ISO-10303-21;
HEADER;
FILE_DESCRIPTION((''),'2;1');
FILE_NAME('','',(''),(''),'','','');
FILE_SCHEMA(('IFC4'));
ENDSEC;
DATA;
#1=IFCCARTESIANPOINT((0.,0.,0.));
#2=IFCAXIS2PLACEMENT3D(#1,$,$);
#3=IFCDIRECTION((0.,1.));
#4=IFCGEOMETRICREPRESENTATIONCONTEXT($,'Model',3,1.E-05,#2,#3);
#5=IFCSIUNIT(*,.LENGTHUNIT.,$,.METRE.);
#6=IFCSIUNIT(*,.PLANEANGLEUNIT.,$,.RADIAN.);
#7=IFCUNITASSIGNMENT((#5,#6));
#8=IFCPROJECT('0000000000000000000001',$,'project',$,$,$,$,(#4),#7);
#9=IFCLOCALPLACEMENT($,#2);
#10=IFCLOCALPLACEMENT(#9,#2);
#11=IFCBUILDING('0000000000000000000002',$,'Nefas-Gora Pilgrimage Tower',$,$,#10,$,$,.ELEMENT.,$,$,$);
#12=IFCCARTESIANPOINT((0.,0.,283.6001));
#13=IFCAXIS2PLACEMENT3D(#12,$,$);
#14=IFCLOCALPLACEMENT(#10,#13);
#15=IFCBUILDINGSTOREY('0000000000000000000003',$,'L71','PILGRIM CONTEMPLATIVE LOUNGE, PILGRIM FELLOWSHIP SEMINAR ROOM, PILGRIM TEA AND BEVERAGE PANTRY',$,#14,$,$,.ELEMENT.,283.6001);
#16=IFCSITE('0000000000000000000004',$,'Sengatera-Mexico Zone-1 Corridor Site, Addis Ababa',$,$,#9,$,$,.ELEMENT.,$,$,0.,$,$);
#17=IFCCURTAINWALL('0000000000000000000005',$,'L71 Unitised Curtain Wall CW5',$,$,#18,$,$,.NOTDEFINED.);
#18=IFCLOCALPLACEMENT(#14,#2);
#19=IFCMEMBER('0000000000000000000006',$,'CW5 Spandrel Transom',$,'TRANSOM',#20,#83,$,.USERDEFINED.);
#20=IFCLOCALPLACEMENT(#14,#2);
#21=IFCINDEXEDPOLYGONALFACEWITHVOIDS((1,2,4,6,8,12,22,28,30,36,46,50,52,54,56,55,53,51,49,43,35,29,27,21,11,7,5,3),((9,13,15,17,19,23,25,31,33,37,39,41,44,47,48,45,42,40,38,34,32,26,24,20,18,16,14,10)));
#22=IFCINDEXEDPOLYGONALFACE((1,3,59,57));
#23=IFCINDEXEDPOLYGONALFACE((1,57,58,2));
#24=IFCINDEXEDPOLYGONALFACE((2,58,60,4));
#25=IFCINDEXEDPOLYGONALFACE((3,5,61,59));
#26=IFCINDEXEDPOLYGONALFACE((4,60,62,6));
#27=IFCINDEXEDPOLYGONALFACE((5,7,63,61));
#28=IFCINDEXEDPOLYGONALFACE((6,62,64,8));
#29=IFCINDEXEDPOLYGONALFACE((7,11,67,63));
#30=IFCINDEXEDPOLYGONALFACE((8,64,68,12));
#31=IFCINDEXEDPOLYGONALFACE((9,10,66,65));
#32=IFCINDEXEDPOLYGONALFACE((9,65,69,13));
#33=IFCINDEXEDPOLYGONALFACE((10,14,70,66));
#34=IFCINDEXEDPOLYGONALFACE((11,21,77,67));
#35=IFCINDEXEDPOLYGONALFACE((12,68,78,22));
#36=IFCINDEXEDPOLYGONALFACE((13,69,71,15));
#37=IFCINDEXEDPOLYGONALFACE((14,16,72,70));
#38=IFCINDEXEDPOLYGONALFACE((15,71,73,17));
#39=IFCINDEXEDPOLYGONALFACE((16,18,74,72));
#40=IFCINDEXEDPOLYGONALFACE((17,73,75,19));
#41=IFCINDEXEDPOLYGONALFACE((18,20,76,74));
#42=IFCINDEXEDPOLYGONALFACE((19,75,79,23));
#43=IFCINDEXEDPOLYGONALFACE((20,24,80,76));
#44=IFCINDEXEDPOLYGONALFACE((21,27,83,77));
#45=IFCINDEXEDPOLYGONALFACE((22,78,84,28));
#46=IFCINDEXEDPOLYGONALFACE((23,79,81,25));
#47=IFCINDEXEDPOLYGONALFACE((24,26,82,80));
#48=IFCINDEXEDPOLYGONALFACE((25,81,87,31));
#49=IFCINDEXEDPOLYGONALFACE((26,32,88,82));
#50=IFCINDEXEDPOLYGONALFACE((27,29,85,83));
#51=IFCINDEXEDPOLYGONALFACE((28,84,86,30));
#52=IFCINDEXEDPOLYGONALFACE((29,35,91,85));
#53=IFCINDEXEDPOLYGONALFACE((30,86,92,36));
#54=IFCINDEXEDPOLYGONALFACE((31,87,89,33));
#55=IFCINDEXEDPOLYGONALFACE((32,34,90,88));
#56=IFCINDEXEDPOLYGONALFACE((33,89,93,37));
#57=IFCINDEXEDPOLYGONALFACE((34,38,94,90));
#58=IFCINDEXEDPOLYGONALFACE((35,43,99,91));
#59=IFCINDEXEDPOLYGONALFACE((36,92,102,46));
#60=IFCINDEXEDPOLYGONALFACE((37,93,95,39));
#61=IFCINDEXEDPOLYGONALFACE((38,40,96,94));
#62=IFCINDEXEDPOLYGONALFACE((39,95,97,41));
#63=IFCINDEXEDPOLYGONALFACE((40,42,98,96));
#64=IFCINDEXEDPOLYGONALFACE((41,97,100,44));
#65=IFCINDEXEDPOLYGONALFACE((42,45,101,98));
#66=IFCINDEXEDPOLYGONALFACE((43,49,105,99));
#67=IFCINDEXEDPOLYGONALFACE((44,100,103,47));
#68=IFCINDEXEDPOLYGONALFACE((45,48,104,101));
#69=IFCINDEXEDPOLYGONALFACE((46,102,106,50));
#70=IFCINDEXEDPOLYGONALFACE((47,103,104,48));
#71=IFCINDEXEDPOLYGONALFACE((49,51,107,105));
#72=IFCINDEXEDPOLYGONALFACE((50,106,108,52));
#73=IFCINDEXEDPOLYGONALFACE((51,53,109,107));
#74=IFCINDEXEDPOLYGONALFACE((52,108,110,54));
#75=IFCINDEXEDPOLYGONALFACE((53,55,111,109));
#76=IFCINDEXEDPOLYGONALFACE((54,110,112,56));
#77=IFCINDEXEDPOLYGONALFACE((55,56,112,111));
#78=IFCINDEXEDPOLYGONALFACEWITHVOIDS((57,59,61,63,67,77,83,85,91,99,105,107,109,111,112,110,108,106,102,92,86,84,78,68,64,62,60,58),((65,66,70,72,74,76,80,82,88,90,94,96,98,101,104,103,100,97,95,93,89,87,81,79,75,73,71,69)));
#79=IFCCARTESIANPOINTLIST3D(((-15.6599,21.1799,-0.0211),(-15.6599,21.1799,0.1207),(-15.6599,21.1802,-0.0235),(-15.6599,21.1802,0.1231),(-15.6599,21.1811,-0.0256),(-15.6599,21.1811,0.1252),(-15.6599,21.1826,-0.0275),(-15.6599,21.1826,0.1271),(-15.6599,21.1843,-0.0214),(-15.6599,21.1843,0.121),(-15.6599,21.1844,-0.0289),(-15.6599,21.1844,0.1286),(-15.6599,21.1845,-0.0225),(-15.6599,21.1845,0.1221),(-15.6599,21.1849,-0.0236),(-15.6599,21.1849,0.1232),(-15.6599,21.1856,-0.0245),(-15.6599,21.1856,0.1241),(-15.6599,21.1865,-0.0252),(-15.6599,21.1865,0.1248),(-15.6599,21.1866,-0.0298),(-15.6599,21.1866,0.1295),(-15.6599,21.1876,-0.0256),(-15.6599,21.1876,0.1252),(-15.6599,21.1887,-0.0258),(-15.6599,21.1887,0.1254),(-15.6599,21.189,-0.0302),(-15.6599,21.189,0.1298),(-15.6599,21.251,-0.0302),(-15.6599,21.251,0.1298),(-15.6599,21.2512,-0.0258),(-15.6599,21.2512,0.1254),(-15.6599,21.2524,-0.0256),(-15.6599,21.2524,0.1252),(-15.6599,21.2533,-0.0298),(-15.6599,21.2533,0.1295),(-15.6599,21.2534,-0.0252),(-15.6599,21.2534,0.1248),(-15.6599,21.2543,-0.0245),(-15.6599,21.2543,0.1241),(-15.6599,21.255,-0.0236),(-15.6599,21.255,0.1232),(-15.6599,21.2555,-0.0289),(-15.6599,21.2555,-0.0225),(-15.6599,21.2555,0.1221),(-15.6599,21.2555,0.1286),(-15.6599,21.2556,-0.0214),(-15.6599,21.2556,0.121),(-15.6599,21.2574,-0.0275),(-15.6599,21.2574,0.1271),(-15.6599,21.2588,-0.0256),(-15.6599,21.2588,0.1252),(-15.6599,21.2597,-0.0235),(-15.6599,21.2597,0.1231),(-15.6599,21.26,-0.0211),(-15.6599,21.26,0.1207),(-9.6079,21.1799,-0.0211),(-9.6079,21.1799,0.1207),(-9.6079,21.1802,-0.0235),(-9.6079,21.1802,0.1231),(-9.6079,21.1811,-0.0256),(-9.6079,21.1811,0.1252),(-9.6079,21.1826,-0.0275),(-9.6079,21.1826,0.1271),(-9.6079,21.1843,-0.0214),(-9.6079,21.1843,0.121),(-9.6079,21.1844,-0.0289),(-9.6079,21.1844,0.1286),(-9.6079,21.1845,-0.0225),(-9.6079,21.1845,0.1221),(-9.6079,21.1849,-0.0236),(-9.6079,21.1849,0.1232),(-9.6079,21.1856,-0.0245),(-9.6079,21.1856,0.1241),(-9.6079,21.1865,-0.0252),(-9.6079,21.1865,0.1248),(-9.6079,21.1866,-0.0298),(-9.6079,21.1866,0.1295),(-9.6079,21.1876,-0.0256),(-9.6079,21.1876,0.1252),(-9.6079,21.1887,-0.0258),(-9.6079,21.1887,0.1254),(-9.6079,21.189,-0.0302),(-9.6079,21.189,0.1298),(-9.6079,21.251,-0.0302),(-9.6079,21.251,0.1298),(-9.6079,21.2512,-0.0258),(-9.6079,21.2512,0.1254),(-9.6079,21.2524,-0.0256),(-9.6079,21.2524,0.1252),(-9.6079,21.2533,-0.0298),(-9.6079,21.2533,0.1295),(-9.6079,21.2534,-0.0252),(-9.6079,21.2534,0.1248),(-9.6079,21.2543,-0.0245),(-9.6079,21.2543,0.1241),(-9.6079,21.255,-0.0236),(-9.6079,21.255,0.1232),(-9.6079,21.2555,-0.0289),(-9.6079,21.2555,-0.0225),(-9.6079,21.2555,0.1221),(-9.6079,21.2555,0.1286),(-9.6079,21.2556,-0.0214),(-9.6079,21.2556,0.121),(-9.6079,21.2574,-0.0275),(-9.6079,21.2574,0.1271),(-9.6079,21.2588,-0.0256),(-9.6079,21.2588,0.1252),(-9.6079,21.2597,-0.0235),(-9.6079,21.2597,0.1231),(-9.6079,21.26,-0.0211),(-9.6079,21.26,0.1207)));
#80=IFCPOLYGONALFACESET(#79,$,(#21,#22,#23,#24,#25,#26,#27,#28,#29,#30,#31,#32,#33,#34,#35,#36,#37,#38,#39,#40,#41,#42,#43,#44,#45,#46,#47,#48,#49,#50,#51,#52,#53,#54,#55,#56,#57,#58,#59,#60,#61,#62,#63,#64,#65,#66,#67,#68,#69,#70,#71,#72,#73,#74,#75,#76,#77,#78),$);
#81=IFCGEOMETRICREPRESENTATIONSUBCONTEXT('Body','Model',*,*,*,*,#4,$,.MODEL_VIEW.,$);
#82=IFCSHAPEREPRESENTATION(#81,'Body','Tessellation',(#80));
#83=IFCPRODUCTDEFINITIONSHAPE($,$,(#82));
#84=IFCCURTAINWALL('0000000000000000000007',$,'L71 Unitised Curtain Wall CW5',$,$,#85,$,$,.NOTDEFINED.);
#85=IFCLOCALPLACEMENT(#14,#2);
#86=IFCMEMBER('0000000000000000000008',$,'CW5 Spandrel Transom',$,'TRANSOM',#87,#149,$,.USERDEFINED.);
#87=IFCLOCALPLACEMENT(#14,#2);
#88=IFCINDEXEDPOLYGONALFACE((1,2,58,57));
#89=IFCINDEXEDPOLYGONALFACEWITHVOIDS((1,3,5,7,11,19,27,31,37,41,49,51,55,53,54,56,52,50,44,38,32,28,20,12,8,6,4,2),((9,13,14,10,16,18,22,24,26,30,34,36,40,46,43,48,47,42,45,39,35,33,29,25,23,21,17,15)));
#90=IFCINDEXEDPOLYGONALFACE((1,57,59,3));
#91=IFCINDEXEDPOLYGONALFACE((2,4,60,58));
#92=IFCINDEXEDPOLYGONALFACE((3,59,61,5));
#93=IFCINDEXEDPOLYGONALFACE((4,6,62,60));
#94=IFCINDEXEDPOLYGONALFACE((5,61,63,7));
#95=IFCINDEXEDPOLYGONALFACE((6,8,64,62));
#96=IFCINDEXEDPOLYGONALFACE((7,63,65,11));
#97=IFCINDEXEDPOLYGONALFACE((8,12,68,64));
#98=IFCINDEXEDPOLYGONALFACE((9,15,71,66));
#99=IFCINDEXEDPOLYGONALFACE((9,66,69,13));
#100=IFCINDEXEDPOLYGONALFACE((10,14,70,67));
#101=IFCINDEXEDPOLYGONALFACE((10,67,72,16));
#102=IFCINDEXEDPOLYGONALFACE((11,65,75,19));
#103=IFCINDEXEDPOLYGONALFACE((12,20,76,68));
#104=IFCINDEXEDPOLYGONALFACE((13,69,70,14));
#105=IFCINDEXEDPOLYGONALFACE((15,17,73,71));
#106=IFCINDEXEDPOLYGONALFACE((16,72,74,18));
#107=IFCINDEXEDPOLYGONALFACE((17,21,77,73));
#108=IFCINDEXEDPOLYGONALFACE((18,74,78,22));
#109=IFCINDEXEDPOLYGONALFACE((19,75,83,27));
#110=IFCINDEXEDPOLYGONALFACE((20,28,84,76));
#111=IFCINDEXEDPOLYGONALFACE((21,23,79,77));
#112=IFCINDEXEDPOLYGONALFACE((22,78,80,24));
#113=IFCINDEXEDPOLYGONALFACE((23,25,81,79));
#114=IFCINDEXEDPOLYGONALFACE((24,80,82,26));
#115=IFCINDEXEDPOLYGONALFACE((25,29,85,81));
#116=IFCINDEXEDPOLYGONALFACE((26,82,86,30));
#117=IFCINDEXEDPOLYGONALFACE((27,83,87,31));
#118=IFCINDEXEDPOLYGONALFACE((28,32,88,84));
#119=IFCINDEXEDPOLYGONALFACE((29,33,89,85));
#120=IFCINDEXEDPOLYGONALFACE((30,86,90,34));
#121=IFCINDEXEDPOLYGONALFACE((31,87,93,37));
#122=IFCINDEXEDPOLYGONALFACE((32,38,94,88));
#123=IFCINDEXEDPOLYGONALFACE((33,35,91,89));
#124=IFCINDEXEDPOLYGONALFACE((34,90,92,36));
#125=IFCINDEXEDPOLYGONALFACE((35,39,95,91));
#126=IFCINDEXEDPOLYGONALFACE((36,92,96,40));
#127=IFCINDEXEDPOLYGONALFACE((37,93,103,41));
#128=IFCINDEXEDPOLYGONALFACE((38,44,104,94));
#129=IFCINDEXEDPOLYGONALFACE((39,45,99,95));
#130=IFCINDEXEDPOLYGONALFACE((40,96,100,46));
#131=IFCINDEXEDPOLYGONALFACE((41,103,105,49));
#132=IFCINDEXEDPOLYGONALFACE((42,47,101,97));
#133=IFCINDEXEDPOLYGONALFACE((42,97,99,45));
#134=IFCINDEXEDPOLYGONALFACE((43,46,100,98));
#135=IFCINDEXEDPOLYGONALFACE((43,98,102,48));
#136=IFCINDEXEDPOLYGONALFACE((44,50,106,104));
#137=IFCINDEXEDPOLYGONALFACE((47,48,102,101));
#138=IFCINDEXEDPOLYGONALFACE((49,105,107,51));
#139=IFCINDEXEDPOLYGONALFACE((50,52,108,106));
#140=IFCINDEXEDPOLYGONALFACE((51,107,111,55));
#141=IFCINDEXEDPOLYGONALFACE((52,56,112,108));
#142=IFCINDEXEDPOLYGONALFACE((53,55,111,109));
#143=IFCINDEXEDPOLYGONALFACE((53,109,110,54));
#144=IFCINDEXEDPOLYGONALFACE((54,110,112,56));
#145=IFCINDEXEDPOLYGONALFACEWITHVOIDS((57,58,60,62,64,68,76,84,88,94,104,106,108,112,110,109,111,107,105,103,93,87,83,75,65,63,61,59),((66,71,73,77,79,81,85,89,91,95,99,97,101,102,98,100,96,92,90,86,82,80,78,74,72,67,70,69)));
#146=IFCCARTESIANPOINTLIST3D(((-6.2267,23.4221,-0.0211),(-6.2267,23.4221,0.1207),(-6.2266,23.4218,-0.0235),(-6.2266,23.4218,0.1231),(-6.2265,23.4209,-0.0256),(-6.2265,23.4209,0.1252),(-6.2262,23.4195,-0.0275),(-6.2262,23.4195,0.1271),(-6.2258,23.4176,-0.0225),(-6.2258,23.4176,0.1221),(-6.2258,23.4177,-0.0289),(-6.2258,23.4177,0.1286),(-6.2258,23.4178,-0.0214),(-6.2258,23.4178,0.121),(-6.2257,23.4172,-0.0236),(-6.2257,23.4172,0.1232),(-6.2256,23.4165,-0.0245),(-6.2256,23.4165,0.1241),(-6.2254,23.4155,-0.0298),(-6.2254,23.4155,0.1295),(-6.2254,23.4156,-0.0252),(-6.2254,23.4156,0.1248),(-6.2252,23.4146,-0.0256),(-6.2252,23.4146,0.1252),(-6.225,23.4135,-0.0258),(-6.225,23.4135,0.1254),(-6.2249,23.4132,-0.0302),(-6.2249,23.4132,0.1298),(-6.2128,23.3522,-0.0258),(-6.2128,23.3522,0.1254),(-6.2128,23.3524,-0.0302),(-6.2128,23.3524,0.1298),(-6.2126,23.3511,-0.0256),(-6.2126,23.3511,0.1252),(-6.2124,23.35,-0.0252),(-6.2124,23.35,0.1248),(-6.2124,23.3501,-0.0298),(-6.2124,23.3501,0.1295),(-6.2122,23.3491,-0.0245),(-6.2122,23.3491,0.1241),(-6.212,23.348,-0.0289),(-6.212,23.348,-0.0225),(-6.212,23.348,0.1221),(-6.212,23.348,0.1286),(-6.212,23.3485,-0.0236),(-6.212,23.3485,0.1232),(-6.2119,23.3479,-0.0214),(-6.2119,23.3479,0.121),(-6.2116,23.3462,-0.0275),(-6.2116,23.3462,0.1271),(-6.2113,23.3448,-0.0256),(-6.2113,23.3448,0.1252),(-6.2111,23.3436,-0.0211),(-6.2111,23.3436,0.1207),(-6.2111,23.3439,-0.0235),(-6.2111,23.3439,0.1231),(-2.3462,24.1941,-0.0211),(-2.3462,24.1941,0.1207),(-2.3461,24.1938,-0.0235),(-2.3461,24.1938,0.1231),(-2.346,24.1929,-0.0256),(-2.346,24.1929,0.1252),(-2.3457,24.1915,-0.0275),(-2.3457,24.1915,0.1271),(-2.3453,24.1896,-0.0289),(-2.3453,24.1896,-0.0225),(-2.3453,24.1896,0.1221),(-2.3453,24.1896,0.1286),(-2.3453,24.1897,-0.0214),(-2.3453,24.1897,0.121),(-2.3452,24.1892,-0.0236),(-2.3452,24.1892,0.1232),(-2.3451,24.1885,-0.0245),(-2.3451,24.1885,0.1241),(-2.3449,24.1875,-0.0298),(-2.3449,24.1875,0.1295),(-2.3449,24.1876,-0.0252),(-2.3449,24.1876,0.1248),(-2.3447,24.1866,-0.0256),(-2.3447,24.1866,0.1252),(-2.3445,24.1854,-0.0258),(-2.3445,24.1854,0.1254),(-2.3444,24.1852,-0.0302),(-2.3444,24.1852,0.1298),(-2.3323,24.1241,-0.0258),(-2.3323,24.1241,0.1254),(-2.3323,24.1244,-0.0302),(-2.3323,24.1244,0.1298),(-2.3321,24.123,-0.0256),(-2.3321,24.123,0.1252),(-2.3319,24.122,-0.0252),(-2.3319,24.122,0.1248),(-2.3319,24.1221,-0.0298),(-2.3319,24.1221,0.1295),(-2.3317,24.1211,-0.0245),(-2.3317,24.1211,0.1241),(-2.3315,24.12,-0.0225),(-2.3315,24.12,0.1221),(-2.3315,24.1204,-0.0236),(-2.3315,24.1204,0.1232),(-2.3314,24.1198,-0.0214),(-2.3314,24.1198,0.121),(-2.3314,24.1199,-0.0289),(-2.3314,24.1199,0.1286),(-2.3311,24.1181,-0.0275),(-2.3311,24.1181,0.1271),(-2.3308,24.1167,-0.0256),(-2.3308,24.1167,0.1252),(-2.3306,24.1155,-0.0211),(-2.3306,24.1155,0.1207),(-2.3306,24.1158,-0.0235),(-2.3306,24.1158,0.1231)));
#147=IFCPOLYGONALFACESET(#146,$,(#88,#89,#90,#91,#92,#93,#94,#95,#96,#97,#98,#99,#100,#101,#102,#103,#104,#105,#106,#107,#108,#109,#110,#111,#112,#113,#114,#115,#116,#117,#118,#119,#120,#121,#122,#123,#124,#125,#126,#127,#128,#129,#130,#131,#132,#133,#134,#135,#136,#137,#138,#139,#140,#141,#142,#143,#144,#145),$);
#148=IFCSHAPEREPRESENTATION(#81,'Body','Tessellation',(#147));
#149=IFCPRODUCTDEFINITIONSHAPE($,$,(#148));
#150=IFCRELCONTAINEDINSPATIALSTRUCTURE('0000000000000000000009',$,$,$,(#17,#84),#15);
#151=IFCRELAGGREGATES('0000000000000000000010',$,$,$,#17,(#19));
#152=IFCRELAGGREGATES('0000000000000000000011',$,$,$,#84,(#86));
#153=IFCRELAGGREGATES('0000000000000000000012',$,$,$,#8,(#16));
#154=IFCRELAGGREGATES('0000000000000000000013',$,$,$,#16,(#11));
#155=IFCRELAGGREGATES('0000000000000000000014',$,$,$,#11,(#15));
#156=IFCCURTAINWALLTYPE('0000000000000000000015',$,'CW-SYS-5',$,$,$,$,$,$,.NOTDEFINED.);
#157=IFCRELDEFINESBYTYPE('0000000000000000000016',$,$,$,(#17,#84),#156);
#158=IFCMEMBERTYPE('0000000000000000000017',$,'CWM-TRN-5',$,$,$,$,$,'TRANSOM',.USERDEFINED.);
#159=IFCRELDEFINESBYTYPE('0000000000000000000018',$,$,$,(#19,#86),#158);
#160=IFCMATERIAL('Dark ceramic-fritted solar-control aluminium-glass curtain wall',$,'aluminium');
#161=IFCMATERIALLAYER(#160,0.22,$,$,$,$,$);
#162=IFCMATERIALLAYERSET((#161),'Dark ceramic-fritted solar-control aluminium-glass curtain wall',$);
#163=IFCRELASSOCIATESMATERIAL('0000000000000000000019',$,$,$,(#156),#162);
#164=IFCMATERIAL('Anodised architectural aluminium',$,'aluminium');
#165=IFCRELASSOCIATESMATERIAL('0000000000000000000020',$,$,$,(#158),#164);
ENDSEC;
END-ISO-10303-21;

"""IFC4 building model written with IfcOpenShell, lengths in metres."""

from ifc_helpers import new_model, si_unit, direction, frame, origin, origin_2d, place, context, subcontext, project, spatial, hollow_rectangle, extrude, source, transform, mapped, material, layer, layer_set, material_profile, profile_set, type_object, element, aggregate, save


model = new_model("IFC4")

# Units and contexts
model_context = context("Model", 3, precision=1e-05, world=origin(), true_north=direction((0.0, 1.0)))
body_context = subcontext(model_context, "Body", "Model", "MODEL_VIEW")
ifc_project = project(units=[si_unit("LENGTHUNIT", "METRE"), si_unit("PLANEANGLEUNIT", "RADIAN")], contexts=[model_context])

# Site, building, storey
site_placement = place(None, origin())
site = spatial("IfcSite", under=ifc_project, at=site_placement, Name="Sengatera-Mexico Zone-1 Corridor Site, Addis Ababa", CompositionType="ELEMENT", RefElevation=0.0)
building_placement = place(site_placement, origin())
building = spatial("IfcBuilding", under=site, at=building_placement, Name="Nefas-Gora Pilgrimage Tower", CompositionType="ELEMENT")
storey_placement = place(building_placement, frame((0.0, 0.0, 283.6001)))
storey = spatial("IfcBuildingStorey", under=building, at=storey_placement, Name="L71", Description="PILGRIM CONTEMPLATIVE LOUNGE, PILGRIM FELLOWSHIP SEMINAR ROOM, PILGRIM TEA AND BEVERAGE PANTRY", CompositionType="ELEMENT", Elevation=283.6001)

# Curtain wall, member
ifc_material_1 = material(Name="Dark ceramic-fritted solar-control aluminium-glass curtain wall", Category="aluminium")
ifc_layer_1 = layer(ifc_material_1, 0.22)
ifc_layer_set_1 = layer_set([ifc_layer_1], Name="Dark ceramic-fritted solar-control aluminium-glass curtain wall")
curtain_wall_type = type_object("IfcCurtainWallType", Name="CW-SYS-5", PredefinedType="NOTDEFINED", material=ifc_layer_set_1)
curtain_wall_1_placement = place(storey_placement, origin())
curtain_wall_1 = element("IfcCurtainWall", 1, at=curtain_wall_1_placement, inside=storey, type_object=curtain_wall_type, Name="L71 Unitised Curtain Wall CW5", PredefinedType="NOTDEFINED")
ifc_material_2 = material(Name="Anodised architectural aluminium", Category="aluminium")
ifc_material_profile_1 = material_profile(ifc_material_2, hollow_rectangle(XDim=0.0801, YDim=0.1599, WallThickness=0.0044, InnerFilletRadius=0.0044, OuterFilletRadius=0.009, at=origin_2d()), Name="ALU TRANSOM 80x160")
ifc_profile_set_1 = profile_set([ifc_material_profile_1], Name="Anodised architectural aluminium")
member_type_1 = type_object("IfcMemberType", Name="CWM-TRN-5", ElementType="TRANSOM", PredefinedType="USERDEFINED", material=ifc_profile_set_1)
shared_shape_1 = source(origin(), body_context, "Body", "SweptSolid", [
    extrude(hollow_rectangle(XDim=0.0801, YDim=0.1599, WallThickness=0.0044, InnerFilletRadius=0.0044, OuterFilletRadius=0.009, at=origin_2d()), origin(), (0.0, 0.0, 1.0), 6.052),
])
member_1_placement = place(storey_placement, frame((-9.6079, 21.22, 0.0498), z_axis=(-1.0, 0.0, 0.0), x_axis=(0.0, -1.0, 0.0)))
member_1 = element("IfcMember", 2, at=member_1_placement, type_object=member_type_1, Name="CW5 Spandrel Transom", ObjectType="TRANSOM", PredefinedType="USERDEFINED", context=body_context, shape_type="MappedRepresentation", body=[
    mapped(shared_shape_1, transform((0.0, 0.0, 0.0), x_axis=(1.0, 0.0, 0.0), y_axis=(0.0, 1.0, 0.0), z_axis=(0.0, 0.0, 1.0), scale=1.0)),
])

# Curtain wall, member
curtain_wall_2_placement = place(storey_placement, origin())
curtain_wall_2 = element("IfcCurtainWall", 3, at=curtain_wall_2_placement, inside=storey, type_object=curtain_wall_type, Name="L71 Unitised Curtain Wall CW5", PredefinedType="NOTDEFINED")
shared_shape_2 = source(origin(), body_context, "Body", "SweptSolid", [
    extrude(hollow_rectangle(XDim=0.0801, YDim=0.1599, WallThickness=0.0044, InnerFilletRadius=0.0044, OuterFilletRadius=0.009, at=origin_2d()), origin(), (0.0, 0.0, 1.0), 3.9565),
])
member_2_placement = place(storey_placement, frame((-2.3384, 24.1548, 0.0498), z_axis=(-0.980782, -0.195107, 0.0), x_axis=(0.195107, -0.980782, 0.0)))
member_2 = element("IfcMember", 4, at=member_2_placement, type_object=member_type_1, Name="CW5 Spandrel Transom", ObjectType="TRANSOM", PredefinedType="USERDEFINED", context=body_context, shape_type="MappedRepresentation", body=[
    mapped(shared_shape_2, transform((0.0, 0.0, 0.0), x_axis=(1.0, 0.0, 0.0), y_axis=(0.0, 1.0, 0.0), z_axis=(0.0, 0.0, 1.0), scale=1.0)),
])

aggregate(curtain_wall_1, [member_1])

aggregate(curtain_wall_2, [member_2])

save(model, "model.ifc")
